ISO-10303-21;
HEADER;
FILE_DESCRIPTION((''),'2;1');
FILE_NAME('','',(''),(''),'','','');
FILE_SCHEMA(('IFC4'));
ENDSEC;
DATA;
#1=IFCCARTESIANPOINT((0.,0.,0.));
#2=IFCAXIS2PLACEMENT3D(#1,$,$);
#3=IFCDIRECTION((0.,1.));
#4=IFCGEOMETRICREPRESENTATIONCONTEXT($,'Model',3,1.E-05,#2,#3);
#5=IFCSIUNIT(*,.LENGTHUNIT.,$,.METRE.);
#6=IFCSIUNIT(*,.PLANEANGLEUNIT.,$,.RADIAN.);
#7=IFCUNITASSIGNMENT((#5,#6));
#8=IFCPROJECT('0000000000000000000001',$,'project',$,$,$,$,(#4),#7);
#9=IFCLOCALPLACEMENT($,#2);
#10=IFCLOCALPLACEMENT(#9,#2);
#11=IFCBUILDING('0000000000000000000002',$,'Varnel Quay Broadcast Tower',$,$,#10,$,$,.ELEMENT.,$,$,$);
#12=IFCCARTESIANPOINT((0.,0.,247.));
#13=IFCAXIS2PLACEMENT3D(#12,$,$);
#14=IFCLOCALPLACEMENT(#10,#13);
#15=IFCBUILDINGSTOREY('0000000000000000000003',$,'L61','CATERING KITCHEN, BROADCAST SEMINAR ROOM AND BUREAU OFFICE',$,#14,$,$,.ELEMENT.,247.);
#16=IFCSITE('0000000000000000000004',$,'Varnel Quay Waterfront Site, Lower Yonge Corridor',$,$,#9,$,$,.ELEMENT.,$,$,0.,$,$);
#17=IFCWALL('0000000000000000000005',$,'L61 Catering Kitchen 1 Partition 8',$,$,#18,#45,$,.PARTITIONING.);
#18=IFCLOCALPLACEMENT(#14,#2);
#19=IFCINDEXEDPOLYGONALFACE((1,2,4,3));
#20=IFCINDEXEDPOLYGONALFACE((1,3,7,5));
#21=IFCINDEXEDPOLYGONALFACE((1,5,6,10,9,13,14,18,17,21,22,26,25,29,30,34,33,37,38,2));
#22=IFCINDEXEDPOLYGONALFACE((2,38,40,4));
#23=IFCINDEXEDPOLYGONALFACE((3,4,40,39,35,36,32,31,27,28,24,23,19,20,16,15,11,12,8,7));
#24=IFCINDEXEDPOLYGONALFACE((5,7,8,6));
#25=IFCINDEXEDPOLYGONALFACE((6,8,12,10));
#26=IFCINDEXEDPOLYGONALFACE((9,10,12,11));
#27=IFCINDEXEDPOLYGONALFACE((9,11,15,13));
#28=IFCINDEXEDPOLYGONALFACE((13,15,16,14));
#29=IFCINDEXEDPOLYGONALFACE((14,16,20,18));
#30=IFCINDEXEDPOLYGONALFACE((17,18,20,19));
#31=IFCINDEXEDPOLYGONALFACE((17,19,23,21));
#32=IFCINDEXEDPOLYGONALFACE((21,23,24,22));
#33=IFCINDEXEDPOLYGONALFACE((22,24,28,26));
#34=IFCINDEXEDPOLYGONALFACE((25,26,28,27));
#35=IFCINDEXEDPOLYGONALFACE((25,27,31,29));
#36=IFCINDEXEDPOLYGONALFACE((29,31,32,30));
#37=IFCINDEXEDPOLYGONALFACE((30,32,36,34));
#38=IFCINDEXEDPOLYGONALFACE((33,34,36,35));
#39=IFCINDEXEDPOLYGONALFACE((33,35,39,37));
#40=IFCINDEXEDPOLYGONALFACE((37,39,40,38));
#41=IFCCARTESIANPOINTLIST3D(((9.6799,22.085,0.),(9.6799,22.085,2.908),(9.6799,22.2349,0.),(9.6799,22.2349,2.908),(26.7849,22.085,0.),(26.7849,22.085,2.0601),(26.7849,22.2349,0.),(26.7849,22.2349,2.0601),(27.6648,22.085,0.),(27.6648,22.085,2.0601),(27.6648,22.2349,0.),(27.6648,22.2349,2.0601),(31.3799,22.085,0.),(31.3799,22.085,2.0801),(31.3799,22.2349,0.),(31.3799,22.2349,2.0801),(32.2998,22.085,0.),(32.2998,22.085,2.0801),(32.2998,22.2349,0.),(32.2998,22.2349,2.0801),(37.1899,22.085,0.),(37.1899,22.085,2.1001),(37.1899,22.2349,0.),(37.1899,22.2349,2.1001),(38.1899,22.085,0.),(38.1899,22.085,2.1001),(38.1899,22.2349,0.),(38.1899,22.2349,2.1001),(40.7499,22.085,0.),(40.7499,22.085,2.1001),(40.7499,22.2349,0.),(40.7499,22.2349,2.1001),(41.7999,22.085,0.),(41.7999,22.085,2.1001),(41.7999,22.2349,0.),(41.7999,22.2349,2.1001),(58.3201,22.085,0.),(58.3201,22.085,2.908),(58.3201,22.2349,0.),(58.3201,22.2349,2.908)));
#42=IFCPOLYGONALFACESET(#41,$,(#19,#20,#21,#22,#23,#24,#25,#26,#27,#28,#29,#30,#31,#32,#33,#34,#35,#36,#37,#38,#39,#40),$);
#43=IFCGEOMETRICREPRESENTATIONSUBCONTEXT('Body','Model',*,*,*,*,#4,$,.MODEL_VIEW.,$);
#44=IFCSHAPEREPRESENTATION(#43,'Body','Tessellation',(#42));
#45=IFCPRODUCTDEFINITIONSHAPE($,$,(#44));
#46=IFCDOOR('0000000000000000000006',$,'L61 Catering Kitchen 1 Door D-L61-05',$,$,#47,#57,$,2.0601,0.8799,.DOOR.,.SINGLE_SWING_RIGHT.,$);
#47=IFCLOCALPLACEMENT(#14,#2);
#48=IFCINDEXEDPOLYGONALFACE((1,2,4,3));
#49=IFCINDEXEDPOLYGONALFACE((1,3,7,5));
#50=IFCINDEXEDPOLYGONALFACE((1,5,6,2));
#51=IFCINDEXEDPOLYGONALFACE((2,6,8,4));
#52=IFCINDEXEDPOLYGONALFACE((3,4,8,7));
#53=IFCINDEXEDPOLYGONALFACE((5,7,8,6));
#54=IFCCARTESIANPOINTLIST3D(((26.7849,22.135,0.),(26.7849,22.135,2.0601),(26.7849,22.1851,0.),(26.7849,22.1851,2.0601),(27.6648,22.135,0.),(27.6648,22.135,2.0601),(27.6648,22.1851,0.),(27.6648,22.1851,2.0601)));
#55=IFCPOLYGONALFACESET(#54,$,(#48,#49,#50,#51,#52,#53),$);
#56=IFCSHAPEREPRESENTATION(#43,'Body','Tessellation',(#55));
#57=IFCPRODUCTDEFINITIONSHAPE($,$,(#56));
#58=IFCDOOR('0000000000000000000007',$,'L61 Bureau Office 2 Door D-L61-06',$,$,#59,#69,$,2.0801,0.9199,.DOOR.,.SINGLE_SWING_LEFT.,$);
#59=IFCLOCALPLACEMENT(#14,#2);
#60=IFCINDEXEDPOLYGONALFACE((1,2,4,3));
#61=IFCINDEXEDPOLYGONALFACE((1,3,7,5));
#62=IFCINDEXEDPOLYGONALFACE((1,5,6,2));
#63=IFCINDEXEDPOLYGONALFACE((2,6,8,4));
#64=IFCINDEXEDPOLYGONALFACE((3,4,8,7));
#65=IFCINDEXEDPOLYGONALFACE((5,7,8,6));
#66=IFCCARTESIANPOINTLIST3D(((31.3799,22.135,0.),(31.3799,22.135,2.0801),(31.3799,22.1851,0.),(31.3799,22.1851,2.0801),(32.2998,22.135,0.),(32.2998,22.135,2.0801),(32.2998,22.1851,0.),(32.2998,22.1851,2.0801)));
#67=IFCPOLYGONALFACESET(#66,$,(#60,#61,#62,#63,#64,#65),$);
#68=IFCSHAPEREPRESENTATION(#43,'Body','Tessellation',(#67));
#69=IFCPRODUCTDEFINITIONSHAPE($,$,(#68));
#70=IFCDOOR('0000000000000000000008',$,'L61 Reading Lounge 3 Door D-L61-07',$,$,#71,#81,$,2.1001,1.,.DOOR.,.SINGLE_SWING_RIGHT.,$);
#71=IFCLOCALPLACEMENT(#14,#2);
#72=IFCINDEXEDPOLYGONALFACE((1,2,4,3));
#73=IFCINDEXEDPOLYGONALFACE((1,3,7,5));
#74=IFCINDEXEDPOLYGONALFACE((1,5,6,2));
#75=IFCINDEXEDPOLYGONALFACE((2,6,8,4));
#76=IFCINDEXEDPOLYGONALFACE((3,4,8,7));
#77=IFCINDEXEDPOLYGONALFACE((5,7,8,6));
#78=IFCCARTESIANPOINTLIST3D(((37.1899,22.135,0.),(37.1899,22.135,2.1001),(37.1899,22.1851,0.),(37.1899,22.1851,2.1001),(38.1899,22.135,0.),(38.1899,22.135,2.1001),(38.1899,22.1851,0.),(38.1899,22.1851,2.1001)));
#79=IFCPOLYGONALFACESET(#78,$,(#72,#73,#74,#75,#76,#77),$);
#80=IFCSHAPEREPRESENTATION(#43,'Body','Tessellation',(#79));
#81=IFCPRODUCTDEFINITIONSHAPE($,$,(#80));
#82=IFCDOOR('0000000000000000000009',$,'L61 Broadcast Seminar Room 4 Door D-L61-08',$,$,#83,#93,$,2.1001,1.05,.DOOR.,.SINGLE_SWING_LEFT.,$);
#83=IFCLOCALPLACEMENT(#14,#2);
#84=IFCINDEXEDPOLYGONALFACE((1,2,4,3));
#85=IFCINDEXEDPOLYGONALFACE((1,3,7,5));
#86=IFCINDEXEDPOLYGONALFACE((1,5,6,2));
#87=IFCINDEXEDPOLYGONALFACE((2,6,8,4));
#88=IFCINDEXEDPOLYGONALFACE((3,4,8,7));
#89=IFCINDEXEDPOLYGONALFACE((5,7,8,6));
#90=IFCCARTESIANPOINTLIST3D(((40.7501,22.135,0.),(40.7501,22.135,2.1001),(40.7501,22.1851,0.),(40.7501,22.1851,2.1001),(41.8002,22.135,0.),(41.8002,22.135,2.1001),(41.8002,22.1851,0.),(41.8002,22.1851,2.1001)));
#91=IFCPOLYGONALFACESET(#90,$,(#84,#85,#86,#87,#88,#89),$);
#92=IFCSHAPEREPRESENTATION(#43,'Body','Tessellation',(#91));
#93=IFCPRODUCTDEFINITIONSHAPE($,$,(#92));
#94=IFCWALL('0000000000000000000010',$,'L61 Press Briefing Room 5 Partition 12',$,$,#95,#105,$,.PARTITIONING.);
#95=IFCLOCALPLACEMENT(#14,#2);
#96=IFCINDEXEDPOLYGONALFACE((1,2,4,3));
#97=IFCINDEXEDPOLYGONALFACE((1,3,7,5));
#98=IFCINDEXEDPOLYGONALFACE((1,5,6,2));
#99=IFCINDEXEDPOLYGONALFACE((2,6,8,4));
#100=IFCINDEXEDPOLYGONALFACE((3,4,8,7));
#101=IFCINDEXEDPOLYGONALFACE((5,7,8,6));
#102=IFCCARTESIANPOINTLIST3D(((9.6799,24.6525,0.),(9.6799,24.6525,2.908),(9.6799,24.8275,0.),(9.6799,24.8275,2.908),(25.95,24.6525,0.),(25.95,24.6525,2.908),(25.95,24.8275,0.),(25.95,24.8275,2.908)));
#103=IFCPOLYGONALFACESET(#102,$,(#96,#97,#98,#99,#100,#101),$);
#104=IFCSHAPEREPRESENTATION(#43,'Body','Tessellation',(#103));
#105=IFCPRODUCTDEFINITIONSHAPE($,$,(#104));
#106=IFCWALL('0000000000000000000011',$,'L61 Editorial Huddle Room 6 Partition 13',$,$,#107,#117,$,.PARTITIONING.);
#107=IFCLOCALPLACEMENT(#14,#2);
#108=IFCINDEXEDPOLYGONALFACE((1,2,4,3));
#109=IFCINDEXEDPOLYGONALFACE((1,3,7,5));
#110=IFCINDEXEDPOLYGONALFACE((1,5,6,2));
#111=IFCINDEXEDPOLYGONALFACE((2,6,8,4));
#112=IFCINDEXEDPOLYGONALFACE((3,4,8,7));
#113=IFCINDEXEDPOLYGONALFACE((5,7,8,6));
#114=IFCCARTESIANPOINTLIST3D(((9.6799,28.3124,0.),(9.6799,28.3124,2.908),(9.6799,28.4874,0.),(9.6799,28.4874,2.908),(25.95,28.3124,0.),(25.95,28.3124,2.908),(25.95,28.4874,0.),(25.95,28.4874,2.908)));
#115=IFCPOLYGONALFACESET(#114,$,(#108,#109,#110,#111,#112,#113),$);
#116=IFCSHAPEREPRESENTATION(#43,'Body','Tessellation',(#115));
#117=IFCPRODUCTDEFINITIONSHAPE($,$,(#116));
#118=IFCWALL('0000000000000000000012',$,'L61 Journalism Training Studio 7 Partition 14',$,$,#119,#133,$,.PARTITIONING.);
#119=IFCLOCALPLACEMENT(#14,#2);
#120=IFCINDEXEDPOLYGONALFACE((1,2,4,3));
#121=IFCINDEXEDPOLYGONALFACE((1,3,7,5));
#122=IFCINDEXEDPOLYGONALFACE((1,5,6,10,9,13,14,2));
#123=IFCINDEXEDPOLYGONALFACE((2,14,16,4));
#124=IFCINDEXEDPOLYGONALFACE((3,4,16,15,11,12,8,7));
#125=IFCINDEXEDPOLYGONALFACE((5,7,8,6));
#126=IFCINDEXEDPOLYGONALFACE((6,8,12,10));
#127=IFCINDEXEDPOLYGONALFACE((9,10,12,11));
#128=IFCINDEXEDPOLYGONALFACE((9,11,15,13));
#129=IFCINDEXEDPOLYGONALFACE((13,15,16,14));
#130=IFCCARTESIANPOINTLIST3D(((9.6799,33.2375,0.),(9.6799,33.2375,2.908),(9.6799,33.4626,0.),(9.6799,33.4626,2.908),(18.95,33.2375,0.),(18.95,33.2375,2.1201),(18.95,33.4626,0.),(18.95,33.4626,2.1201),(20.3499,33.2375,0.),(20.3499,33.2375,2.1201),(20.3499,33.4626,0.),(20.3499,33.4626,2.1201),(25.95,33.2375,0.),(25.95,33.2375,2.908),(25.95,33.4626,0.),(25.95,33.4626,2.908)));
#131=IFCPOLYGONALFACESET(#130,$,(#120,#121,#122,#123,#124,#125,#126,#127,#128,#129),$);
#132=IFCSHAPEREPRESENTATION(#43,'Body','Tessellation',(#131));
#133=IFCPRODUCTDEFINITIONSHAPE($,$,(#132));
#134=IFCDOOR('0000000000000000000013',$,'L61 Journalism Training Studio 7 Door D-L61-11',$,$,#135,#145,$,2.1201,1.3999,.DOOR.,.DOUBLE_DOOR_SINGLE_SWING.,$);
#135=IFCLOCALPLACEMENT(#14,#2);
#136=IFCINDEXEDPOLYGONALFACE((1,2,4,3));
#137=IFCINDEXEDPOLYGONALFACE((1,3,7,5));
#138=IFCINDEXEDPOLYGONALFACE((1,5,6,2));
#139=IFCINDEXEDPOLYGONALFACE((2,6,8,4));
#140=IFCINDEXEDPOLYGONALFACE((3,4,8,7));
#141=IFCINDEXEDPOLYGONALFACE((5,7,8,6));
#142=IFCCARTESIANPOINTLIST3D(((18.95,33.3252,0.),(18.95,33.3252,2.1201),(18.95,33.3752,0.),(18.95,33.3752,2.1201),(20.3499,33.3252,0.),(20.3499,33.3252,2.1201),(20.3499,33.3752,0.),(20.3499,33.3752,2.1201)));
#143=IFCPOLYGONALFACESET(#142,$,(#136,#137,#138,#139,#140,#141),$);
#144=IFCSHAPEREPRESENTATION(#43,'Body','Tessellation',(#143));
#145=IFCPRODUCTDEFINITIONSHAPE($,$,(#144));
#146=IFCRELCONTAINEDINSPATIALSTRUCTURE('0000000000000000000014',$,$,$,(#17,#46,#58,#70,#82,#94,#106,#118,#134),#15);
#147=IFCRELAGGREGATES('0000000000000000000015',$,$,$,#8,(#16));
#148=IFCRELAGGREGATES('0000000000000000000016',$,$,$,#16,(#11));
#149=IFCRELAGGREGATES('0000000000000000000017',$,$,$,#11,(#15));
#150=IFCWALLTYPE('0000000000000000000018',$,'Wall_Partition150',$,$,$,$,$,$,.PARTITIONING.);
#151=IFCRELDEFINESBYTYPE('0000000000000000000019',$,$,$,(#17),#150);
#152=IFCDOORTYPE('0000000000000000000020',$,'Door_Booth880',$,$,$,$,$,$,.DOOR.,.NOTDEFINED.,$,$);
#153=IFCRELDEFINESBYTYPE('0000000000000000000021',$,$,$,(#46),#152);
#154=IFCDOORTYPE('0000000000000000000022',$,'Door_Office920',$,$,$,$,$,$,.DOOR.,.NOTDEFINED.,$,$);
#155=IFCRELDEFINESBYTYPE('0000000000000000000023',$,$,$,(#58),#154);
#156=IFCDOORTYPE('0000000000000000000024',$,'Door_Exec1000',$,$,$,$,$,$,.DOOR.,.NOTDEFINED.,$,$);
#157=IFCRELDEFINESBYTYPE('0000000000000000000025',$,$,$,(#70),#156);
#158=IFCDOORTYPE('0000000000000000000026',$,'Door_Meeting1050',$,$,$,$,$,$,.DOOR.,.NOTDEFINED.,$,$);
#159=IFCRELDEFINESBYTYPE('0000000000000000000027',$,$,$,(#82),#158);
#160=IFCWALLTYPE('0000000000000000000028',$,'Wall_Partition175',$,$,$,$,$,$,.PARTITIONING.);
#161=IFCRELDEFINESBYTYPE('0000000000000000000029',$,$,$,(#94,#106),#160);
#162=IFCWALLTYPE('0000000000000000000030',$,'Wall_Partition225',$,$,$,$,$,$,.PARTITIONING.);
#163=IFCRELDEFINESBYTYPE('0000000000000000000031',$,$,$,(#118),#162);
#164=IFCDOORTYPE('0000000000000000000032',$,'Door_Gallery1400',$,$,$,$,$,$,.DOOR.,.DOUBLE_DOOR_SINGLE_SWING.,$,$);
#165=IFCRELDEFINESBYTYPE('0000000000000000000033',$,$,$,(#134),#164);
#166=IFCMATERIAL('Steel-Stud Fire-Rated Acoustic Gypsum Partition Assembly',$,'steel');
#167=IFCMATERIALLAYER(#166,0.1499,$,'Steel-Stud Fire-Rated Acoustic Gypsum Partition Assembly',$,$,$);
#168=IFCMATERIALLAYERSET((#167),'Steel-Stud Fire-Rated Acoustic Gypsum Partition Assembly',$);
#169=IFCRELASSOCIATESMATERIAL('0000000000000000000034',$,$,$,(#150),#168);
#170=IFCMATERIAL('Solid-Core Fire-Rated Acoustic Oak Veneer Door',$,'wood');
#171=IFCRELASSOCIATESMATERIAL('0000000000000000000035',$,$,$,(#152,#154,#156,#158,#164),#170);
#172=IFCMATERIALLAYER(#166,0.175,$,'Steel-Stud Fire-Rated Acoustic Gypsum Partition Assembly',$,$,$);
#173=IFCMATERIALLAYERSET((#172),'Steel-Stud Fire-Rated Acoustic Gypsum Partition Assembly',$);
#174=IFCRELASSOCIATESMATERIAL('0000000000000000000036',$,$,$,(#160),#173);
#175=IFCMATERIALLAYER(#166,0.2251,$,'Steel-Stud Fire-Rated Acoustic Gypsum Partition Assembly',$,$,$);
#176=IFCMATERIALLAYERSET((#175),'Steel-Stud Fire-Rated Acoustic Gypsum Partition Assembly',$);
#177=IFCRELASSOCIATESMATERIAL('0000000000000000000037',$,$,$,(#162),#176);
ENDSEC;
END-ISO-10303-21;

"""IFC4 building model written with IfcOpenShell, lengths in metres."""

from ifc_helpers import new_model, si_unit, direction, frame, frame_2d, origin, place, context, subcontext, project, spatial, rectangle, extrude, source, transform, mapped, material, layer, layer_set, type_object, type_shapes, element, fill, save


model = new_model("IFC4")

# Units and contexts
model_context = context("Model", 3, precision=1e-05, world=origin(), true_north=direction((0.0, 1.0)))
body_context = subcontext(model_context, "Body", "Model", "MODEL_VIEW")
ifc_project = project(units=[si_unit("LENGTHUNIT", "METRE"), si_unit("PLANEANGLEUNIT", "RADIAN")], contexts=[model_context])

# Site, building, storey
site_placement = place(None, origin())
site = spatial("IfcSite", under=ifc_project, at=site_placement, Name="Varnel Quay Waterfront Site, Lower Yonge Corridor", CompositionType="ELEMENT", RefElevation=0.0)
building_placement = place(site_placement, origin())
building = spatial("IfcBuilding", under=site, at=building_placement, Name="Varnel Quay Broadcast Tower", CompositionType="ELEMENT")
storey_placement = place(building_placement, frame((0.0, 0.0, 247.0)))
storey = spatial("IfcBuildingStorey", under=building, at=storey_placement, Name="L61", Description="CATERING KITCHEN, BROADCAST SEMINAR ROOM AND BUREAU OFFICE", CompositionType="ELEMENT", Elevation=247.0)

# Wall, openings, doors
ifc_material_1 = material(Name="Steel-Stud Fire-Rated Acoustic Gypsum Partition Assembly", Category="steel")
ifc_layer_1 = layer(ifc_material_1, 0.1499, Name="Steel-Stud Fire-Rated Acoustic Gypsum Partition Assembly")
ifc_layer_set_1 = layer_set([ifc_layer_1], Name="Steel-Stud Fire-Rated Acoustic Gypsum Partition Assembly")
wall_type_1 = type_object("IfcWallType", Name="Wall_Partition150", PredefinedType="PARTITIONING", material=ifc_layer_set_1)
wall_1_placement = place(storey_placement, frame((9.6799, 22.1599, 0.0), z_axis=(0.0, 0.0, 1.0), x_axis=(1.0, 0.0, 0.0)))
wall_1 = element("IfcWall", 1, at=wall_1_placement, inside=storey, type_object=wall_type_1, Name="L61 Catering Kitchen 1 Partition 8", PredefinedType="PARTITIONING", context=body_context, shape_type="SweptSolid", body=[
    extrude(rectangle(XDim=48.6401, YDim=0.1499, at=frame_2d((24.3201, 0.0))), origin(), (0.0, 0.0, 1.0), 2.908),
])
opening_1_placement = place(wall_1_placement, frame((17.105, 0.0, 0.0)))
opening_1 = element("IfcOpeningElement", 2, at=opening_1_placement, cuts=wall_1, PredefinedType="OPENING", context=body_context, shape_type="SweptSolid", body=[
    extrude(rectangle(XDim=0.8799, YDim=2.0601, at=frame_2d((0.4399, 1.03))), frame((0.0, 0.085, 0.0), z_axis=(0.0, -1.0, 0.0), x_axis=(1.0, 0.0, 0.0)), (0.0, 0.0, 1.0), 0.1699),
])
opening_2_placement = place(wall_1_placement, frame((21.7, 0.0, 0.0)))
opening_2 = element("IfcOpeningElement", 3, at=opening_2_placement, cuts=wall_1, PredefinedType="OPENING", context=body_context, shape_type="SweptSolid", body=[
    extrude(rectangle(XDim=0.9199, YDim=2.0801, at=frame_2d((0.46, 1.04))), frame((0.0, 0.085, 0.0), z_axis=(0.0, -1.0, 0.0), x_axis=(1.0, 0.0, 0.0)), (0.0, 0.0, 1.0), 0.1699),
])
opening_3_placement = place(wall_1_placement, frame((27.51, 0.0, 0.0)))
opening_3 = element("IfcOpeningElement", 4, at=opening_3_placement, cuts=wall_1, PredefinedType="OPENING", context=body_context, shape_type="SweptSolid", body=[
    extrude(rectangle(XDim=1.0, YDim=2.1001, at=frame_2d((0.5, 1.05))), frame((0.0, 0.085, 0.0), z_axis=(0.0, -1.0, 0.0), x_axis=(1.0, 0.0, 0.0)), (0.0, 0.0, 1.0), 0.1699),
])
opening_4_placement = place(wall_1_placement, frame((31.0701, 0.0, 0.0)))
opening_4 = element("IfcOpeningElement", 5, at=opening_4_placement, cuts=wall_1, PredefinedType="OPENING", context=body_context, shape_type="SweptSolid", body=[
    extrude(rectangle(XDim=1.05, YDim=2.1001, at=frame_2d((0.5249, 1.05))), frame((0.0, 0.085, 0.0), z_axis=(0.0, -1.0, 0.0), x_axis=(1.0, 0.0, 0.0)), (0.0, 0.0, 1.0), 0.1699),
])
ifc_material_2 = material(Name="Solid-Core Fire-Rated Acoustic Oak Veneer Door", Category="wood")
door_type_1 = type_object("IfcDoorType", Name="Door_Booth880", OperationType="NOTDEFINED", PredefinedType="DOOR", material=ifc_material_2)
shared_shape_1 = source(origin(), body_context, "Body", "SweptSolid", [
    extrude(rectangle(XDim=0.8799, YDim=2.0601, at=frame_2d((0.4399, 1.03))), frame((0.0, 0.0249, 0.0), z_axis=(0.0, -1.0, 0.0), x_axis=(1.0, 0.0, 0.0)), (0.0, 0.0, 1.0), 0.05),
])
type_shapes(door_type_1, [shared_shape_1])
door_1_placement = place(opening_1_placement, frame((0.8799, 0.0, 0.0), z_axis=(0.0, 0.0, 1.0), x_axis=(-1.0, 0.0, 0.0)))
door_1 = element("IfcDoor", 6, at=door_1_placement, inside=storey, type_object=door_type_1, Name="L61 Catering Kitchen 1 Door D-L61-05", OperationType="SINGLE_SWING_RIGHT", OverallHeight=2.0601, OverallWidth=0.8799, PredefinedType="DOOR", context=body_context, shape_type="MappedRepresentation", body=[
    mapped(shared_shape_1, transform((0.0, 0.0, 0.0), x_axis=(1.0, 0.0, 0.0), y_axis=(0.0, 1.0, 0.0), z_axis=(0.0, 0.0, 1.0), scale=1.0)),
])
fill(opening_1, door_1)
door_type_2 = type_object("IfcDoorType", Name="Door_Office920", OperationType="NOTDEFINED", PredefinedType="DOOR", material=ifc_material_2)
shared_shape_2 = source(origin(), body_context, "Body", "SweptSolid", [
    extrude(rectangle(XDim=0.9199, YDim=2.0801, at=frame_2d((0.46, 1.04))), frame((0.0, 0.0249, 0.0), z_axis=(0.0, -1.0, 0.0), x_axis=(1.0, 0.0, 0.0)), (0.0, 0.0, 1.0), 0.05),
])
type_shapes(door_type_2, [shared_shape_2])
door_2_placement = place(opening_2_placement, frame((0.9199, 0.0, 0.0), z_axis=(0.0, 0.0, 1.0), x_axis=(-1.0, 0.0, 0.0)))
door_2 = element("IfcDoor", 7, at=door_2_placement, inside=storey, type_object=door_type_2, Name="L61 Bureau Office 2 Door D-L61-06", OperationType="SINGLE_SWING_LEFT", OverallHeight=2.0801, OverallWidth=0.9199, PredefinedType="DOOR", context=body_context, shape_type="MappedRepresentation", body=[
    mapped(shared_shape_2, transform((0.0, 0.0, 0.0), x_axis=(1.0, 0.0, 0.0), y_axis=(0.0, 1.0, 0.0), z_axis=(0.0, 0.0, 1.0), scale=1.0)),
])
fill(opening_2, door_2)
door_type_3 = type_object("IfcDoorType", Name="Door_Exec1000", OperationType="NOTDEFINED", PredefinedType="DOOR", material=ifc_material_2)
shared_shape_3 = source(origin(), body_context, "Body", "SweptSolid", [
    extrude(rectangle(XDim=1.0, YDim=2.1001, at=frame_2d((0.5, 1.05))), frame((0.0, 0.0249, 0.0), z_axis=(0.0, -1.0, 0.0), x_axis=(1.0, 0.0, 0.0)), (0.0, 0.0, 1.0), 0.05),
])
type_shapes(door_type_3, [shared_shape_3])
door_3_placement = place(opening_3_placement, frame((1.0, 0.0, 0.0), z_axis=(0.0, 0.0, 1.0), x_axis=(-1.0, 0.0, 0.0)))
door_3 = element("IfcDoor", 8, at=door_3_placement, inside=storey, type_object=door_type_3, Name="L61 Reading Lounge 3 Door D-L61-07", OperationType="SINGLE_SWING_RIGHT", OverallHeight=2.1001, OverallWidth=1.0, PredefinedType="DOOR", context=body_context, shape_type="MappedRepresentation", body=[
    mapped(shared_shape_3, transform((0.0, 0.0, 0.0), x_axis=(1.0, 0.0, 0.0), y_axis=(0.0, 1.0, 0.0), z_axis=(0.0, 0.0, 1.0), scale=1.0)),
])
fill(opening_3, door_3)
door_type_4 = type_object("IfcDoorType", Name="Door_Meeting1050", OperationType="NOTDEFINED", PredefinedType="DOOR", material=ifc_material_2)
shared_shape_4 = source(origin(), body_context, "Body", "SweptSolid", [
    extrude(rectangle(XDim=1.05, YDim=2.1001, at=frame_2d((0.5249, 1.05))), frame((0.0, 0.0249, 0.0), z_axis=(0.0, -1.0, 0.0), x_axis=(1.0, 0.0, 0.0)), (0.0, 0.0, 1.0), 0.05),
])
type_shapes(door_type_4, [shared_shape_4])
door_4_placement = place(opening_4_placement, frame((1.05, 0.0, 0.0), z_axis=(0.0, 0.0, 1.0), x_axis=(-1.0, 0.0, 0.0)))
door_4 = element("IfcDoor", 9, at=door_4_placement, inside=storey, type_object=door_type_4, Name="L61 Broadcast Seminar Room 4 Door D-L61-08", OperationType="SINGLE_SWING_LEFT", OverallHeight=2.1001, OverallWidth=1.05, PredefinedType="DOOR", context=body_context, shape_type="MappedRepresentation", body=[
    mapped(shared_shape_4, transform((0.0, 0.0, 0.0), x_axis=(1.0, 0.0, 0.0), y_axis=(0.0, 1.0, 0.0), z_axis=(0.0, 0.0, 1.0), scale=1.0)),
])
fill(opening_4, door_4)

# Walls
ifc_layer_2 = layer(ifc_material_1, 0.175, Name="Steel-Stud Fire-Rated Acoustic Gypsum Partition Assembly")
ifc_layer_set_2 = layer_set([ifc_layer_2], Name="Steel-Stud Fire-Rated Acoustic Gypsum Partition Assembly")
wall_type_2 = type_object("IfcWallType", Name="Wall_Partition175", PredefinedType="PARTITIONING", material=ifc_layer_set_2)
for number, where, z_axis, x_axis, name in (
    (10, (9.6799, 24.74, 0.0), (0.0, 0.0, 1.0), (1.0, 0.0, 0.0), "L61 Press Briefing Room 5 Partition 12"),
    (11, (9.6799, 28.3999, 0.0), (0.0, 0.0, 1.0), (1.0, 0.0, 0.0), "L61 Editorial Huddle Room 6 Partition 13"),
):
    element("IfcWall", number, at=place(storey_placement, frame(where, z_axis=z_axis, x_axis=x_axis)), inside=storey, type_object=wall_type_2, Name=name, PredefinedType="PARTITIONING", context=body_context, shape_type="SweptSolid", body=[
        extrude(rectangle(XDim=16.27, YDim=0.175, at=frame_2d((8.135, 0.0))), origin(), (0.0, 0.0, 1.0), 2.908),
    ])

# Wall, opening, door
ifc_layer_3 = layer(ifc_material_1, 0.2251, Name="Steel-Stud Fire-Rated Acoustic Gypsum Partition Assembly")
ifc_layer_set_3 = layer_set([ifc_layer_3], Name="Steel-Stud Fire-Rated Acoustic Gypsum Partition Assembly")
wall_type_3 = type_object("IfcWallType", Name="Wall_Partition225", PredefinedType="PARTITIONING", material=ifc_layer_set_3)
wall_2_placement = place(storey_placement, frame((9.6799, 33.3501, 0.0), z_axis=(0.0, 0.0, 1.0), x_axis=(1.0, 0.0, 0.0)))
wall_2 = element("IfcWall", 12, at=wall_2_placement, inside=storey, type_object=wall_type_3, Name="L61 Journalism Training Studio 7 Partition 14", PredefinedType="PARTITIONING", context=body_context, shape_type="SweptSolid", body=[
    extrude(rectangle(XDim=16.27, YDim=0.2251, at=frame_2d((8.135, 0.0))), origin(), (0.0, 0.0, 1.0), 2.908),
])
opening_5_placement = place(wall_2_placement, frame((9.27, 0.0, 0.0)))
opening_5 = element("IfcOpeningElement", 13, at=opening_5_placement, cuts=wall_2, PredefinedType="OPENING", context=body_context, shape_type="SweptSolid", body=[
    extrude(rectangle(XDim=1.3999, YDim=2.1201, at=frame_2d((0.7, 1.0601))), frame((0.0, 0.1226, 0.0), z_axis=(0.0, -1.0, 0.0), x_axis=(1.0, 0.0, 0.0)), (0.0, 0.0, 1.0), 0.2451),
])
door_type_5 = type_object("IfcDoorType", Name="Door_Gallery1400", OperationType="DOUBLE_DOOR_SINGLE_SWING", PredefinedType="DOOR", material=ifc_material_2)
shared_shape_5 = source(origin(), body_context, "Body", "SweptSolid", [
    extrude(rectangle(XDim=1.3999, YDim=2.1201, at=frame_2d((0.7, 1.0601))), frame((0.0, 0.0249, 0.0), z_axis=(0.0, -1.0, 0.0), x_axis=(1.0, 0.0, 0.0)), (0.0, 0.0, 1.0), 0.05),
])
type_shapes(door_type_5, [shared_shape_5])
door_5_placement = place(opening_5_placement, frame((1.3999, 0.0, 0.0), z_axis=(0.0, 0.0, 1.0), x_axis=(-1.0, 0.0, 0.0)))
door_5 = element("IfcDoor", 14, at=door_5_placement, inside=storey, type_object=door_type_5, Name="L61 Journalism Training Studio 7 Door D-L61-11", OperationType="DOUBLE_DOOR_SINGLE_SWING", OverallHeight=2.1201, OverallWidth=1.3999, PredefinedType="DOOR", context=body_context, shape_type="MappedRepresentation", body=[
    mapped(shared_shape_5, transform((0.0, 0.0, 0.0), x_axis=(1.0, 0.0, 0.0), y_axis=(0.0, 1.0, 0.0), z_axis=(0.0, 0.0, 1.0), scale=1.0)),
])
fill(opening_5, door_5)

save(model, "model.ifc")
